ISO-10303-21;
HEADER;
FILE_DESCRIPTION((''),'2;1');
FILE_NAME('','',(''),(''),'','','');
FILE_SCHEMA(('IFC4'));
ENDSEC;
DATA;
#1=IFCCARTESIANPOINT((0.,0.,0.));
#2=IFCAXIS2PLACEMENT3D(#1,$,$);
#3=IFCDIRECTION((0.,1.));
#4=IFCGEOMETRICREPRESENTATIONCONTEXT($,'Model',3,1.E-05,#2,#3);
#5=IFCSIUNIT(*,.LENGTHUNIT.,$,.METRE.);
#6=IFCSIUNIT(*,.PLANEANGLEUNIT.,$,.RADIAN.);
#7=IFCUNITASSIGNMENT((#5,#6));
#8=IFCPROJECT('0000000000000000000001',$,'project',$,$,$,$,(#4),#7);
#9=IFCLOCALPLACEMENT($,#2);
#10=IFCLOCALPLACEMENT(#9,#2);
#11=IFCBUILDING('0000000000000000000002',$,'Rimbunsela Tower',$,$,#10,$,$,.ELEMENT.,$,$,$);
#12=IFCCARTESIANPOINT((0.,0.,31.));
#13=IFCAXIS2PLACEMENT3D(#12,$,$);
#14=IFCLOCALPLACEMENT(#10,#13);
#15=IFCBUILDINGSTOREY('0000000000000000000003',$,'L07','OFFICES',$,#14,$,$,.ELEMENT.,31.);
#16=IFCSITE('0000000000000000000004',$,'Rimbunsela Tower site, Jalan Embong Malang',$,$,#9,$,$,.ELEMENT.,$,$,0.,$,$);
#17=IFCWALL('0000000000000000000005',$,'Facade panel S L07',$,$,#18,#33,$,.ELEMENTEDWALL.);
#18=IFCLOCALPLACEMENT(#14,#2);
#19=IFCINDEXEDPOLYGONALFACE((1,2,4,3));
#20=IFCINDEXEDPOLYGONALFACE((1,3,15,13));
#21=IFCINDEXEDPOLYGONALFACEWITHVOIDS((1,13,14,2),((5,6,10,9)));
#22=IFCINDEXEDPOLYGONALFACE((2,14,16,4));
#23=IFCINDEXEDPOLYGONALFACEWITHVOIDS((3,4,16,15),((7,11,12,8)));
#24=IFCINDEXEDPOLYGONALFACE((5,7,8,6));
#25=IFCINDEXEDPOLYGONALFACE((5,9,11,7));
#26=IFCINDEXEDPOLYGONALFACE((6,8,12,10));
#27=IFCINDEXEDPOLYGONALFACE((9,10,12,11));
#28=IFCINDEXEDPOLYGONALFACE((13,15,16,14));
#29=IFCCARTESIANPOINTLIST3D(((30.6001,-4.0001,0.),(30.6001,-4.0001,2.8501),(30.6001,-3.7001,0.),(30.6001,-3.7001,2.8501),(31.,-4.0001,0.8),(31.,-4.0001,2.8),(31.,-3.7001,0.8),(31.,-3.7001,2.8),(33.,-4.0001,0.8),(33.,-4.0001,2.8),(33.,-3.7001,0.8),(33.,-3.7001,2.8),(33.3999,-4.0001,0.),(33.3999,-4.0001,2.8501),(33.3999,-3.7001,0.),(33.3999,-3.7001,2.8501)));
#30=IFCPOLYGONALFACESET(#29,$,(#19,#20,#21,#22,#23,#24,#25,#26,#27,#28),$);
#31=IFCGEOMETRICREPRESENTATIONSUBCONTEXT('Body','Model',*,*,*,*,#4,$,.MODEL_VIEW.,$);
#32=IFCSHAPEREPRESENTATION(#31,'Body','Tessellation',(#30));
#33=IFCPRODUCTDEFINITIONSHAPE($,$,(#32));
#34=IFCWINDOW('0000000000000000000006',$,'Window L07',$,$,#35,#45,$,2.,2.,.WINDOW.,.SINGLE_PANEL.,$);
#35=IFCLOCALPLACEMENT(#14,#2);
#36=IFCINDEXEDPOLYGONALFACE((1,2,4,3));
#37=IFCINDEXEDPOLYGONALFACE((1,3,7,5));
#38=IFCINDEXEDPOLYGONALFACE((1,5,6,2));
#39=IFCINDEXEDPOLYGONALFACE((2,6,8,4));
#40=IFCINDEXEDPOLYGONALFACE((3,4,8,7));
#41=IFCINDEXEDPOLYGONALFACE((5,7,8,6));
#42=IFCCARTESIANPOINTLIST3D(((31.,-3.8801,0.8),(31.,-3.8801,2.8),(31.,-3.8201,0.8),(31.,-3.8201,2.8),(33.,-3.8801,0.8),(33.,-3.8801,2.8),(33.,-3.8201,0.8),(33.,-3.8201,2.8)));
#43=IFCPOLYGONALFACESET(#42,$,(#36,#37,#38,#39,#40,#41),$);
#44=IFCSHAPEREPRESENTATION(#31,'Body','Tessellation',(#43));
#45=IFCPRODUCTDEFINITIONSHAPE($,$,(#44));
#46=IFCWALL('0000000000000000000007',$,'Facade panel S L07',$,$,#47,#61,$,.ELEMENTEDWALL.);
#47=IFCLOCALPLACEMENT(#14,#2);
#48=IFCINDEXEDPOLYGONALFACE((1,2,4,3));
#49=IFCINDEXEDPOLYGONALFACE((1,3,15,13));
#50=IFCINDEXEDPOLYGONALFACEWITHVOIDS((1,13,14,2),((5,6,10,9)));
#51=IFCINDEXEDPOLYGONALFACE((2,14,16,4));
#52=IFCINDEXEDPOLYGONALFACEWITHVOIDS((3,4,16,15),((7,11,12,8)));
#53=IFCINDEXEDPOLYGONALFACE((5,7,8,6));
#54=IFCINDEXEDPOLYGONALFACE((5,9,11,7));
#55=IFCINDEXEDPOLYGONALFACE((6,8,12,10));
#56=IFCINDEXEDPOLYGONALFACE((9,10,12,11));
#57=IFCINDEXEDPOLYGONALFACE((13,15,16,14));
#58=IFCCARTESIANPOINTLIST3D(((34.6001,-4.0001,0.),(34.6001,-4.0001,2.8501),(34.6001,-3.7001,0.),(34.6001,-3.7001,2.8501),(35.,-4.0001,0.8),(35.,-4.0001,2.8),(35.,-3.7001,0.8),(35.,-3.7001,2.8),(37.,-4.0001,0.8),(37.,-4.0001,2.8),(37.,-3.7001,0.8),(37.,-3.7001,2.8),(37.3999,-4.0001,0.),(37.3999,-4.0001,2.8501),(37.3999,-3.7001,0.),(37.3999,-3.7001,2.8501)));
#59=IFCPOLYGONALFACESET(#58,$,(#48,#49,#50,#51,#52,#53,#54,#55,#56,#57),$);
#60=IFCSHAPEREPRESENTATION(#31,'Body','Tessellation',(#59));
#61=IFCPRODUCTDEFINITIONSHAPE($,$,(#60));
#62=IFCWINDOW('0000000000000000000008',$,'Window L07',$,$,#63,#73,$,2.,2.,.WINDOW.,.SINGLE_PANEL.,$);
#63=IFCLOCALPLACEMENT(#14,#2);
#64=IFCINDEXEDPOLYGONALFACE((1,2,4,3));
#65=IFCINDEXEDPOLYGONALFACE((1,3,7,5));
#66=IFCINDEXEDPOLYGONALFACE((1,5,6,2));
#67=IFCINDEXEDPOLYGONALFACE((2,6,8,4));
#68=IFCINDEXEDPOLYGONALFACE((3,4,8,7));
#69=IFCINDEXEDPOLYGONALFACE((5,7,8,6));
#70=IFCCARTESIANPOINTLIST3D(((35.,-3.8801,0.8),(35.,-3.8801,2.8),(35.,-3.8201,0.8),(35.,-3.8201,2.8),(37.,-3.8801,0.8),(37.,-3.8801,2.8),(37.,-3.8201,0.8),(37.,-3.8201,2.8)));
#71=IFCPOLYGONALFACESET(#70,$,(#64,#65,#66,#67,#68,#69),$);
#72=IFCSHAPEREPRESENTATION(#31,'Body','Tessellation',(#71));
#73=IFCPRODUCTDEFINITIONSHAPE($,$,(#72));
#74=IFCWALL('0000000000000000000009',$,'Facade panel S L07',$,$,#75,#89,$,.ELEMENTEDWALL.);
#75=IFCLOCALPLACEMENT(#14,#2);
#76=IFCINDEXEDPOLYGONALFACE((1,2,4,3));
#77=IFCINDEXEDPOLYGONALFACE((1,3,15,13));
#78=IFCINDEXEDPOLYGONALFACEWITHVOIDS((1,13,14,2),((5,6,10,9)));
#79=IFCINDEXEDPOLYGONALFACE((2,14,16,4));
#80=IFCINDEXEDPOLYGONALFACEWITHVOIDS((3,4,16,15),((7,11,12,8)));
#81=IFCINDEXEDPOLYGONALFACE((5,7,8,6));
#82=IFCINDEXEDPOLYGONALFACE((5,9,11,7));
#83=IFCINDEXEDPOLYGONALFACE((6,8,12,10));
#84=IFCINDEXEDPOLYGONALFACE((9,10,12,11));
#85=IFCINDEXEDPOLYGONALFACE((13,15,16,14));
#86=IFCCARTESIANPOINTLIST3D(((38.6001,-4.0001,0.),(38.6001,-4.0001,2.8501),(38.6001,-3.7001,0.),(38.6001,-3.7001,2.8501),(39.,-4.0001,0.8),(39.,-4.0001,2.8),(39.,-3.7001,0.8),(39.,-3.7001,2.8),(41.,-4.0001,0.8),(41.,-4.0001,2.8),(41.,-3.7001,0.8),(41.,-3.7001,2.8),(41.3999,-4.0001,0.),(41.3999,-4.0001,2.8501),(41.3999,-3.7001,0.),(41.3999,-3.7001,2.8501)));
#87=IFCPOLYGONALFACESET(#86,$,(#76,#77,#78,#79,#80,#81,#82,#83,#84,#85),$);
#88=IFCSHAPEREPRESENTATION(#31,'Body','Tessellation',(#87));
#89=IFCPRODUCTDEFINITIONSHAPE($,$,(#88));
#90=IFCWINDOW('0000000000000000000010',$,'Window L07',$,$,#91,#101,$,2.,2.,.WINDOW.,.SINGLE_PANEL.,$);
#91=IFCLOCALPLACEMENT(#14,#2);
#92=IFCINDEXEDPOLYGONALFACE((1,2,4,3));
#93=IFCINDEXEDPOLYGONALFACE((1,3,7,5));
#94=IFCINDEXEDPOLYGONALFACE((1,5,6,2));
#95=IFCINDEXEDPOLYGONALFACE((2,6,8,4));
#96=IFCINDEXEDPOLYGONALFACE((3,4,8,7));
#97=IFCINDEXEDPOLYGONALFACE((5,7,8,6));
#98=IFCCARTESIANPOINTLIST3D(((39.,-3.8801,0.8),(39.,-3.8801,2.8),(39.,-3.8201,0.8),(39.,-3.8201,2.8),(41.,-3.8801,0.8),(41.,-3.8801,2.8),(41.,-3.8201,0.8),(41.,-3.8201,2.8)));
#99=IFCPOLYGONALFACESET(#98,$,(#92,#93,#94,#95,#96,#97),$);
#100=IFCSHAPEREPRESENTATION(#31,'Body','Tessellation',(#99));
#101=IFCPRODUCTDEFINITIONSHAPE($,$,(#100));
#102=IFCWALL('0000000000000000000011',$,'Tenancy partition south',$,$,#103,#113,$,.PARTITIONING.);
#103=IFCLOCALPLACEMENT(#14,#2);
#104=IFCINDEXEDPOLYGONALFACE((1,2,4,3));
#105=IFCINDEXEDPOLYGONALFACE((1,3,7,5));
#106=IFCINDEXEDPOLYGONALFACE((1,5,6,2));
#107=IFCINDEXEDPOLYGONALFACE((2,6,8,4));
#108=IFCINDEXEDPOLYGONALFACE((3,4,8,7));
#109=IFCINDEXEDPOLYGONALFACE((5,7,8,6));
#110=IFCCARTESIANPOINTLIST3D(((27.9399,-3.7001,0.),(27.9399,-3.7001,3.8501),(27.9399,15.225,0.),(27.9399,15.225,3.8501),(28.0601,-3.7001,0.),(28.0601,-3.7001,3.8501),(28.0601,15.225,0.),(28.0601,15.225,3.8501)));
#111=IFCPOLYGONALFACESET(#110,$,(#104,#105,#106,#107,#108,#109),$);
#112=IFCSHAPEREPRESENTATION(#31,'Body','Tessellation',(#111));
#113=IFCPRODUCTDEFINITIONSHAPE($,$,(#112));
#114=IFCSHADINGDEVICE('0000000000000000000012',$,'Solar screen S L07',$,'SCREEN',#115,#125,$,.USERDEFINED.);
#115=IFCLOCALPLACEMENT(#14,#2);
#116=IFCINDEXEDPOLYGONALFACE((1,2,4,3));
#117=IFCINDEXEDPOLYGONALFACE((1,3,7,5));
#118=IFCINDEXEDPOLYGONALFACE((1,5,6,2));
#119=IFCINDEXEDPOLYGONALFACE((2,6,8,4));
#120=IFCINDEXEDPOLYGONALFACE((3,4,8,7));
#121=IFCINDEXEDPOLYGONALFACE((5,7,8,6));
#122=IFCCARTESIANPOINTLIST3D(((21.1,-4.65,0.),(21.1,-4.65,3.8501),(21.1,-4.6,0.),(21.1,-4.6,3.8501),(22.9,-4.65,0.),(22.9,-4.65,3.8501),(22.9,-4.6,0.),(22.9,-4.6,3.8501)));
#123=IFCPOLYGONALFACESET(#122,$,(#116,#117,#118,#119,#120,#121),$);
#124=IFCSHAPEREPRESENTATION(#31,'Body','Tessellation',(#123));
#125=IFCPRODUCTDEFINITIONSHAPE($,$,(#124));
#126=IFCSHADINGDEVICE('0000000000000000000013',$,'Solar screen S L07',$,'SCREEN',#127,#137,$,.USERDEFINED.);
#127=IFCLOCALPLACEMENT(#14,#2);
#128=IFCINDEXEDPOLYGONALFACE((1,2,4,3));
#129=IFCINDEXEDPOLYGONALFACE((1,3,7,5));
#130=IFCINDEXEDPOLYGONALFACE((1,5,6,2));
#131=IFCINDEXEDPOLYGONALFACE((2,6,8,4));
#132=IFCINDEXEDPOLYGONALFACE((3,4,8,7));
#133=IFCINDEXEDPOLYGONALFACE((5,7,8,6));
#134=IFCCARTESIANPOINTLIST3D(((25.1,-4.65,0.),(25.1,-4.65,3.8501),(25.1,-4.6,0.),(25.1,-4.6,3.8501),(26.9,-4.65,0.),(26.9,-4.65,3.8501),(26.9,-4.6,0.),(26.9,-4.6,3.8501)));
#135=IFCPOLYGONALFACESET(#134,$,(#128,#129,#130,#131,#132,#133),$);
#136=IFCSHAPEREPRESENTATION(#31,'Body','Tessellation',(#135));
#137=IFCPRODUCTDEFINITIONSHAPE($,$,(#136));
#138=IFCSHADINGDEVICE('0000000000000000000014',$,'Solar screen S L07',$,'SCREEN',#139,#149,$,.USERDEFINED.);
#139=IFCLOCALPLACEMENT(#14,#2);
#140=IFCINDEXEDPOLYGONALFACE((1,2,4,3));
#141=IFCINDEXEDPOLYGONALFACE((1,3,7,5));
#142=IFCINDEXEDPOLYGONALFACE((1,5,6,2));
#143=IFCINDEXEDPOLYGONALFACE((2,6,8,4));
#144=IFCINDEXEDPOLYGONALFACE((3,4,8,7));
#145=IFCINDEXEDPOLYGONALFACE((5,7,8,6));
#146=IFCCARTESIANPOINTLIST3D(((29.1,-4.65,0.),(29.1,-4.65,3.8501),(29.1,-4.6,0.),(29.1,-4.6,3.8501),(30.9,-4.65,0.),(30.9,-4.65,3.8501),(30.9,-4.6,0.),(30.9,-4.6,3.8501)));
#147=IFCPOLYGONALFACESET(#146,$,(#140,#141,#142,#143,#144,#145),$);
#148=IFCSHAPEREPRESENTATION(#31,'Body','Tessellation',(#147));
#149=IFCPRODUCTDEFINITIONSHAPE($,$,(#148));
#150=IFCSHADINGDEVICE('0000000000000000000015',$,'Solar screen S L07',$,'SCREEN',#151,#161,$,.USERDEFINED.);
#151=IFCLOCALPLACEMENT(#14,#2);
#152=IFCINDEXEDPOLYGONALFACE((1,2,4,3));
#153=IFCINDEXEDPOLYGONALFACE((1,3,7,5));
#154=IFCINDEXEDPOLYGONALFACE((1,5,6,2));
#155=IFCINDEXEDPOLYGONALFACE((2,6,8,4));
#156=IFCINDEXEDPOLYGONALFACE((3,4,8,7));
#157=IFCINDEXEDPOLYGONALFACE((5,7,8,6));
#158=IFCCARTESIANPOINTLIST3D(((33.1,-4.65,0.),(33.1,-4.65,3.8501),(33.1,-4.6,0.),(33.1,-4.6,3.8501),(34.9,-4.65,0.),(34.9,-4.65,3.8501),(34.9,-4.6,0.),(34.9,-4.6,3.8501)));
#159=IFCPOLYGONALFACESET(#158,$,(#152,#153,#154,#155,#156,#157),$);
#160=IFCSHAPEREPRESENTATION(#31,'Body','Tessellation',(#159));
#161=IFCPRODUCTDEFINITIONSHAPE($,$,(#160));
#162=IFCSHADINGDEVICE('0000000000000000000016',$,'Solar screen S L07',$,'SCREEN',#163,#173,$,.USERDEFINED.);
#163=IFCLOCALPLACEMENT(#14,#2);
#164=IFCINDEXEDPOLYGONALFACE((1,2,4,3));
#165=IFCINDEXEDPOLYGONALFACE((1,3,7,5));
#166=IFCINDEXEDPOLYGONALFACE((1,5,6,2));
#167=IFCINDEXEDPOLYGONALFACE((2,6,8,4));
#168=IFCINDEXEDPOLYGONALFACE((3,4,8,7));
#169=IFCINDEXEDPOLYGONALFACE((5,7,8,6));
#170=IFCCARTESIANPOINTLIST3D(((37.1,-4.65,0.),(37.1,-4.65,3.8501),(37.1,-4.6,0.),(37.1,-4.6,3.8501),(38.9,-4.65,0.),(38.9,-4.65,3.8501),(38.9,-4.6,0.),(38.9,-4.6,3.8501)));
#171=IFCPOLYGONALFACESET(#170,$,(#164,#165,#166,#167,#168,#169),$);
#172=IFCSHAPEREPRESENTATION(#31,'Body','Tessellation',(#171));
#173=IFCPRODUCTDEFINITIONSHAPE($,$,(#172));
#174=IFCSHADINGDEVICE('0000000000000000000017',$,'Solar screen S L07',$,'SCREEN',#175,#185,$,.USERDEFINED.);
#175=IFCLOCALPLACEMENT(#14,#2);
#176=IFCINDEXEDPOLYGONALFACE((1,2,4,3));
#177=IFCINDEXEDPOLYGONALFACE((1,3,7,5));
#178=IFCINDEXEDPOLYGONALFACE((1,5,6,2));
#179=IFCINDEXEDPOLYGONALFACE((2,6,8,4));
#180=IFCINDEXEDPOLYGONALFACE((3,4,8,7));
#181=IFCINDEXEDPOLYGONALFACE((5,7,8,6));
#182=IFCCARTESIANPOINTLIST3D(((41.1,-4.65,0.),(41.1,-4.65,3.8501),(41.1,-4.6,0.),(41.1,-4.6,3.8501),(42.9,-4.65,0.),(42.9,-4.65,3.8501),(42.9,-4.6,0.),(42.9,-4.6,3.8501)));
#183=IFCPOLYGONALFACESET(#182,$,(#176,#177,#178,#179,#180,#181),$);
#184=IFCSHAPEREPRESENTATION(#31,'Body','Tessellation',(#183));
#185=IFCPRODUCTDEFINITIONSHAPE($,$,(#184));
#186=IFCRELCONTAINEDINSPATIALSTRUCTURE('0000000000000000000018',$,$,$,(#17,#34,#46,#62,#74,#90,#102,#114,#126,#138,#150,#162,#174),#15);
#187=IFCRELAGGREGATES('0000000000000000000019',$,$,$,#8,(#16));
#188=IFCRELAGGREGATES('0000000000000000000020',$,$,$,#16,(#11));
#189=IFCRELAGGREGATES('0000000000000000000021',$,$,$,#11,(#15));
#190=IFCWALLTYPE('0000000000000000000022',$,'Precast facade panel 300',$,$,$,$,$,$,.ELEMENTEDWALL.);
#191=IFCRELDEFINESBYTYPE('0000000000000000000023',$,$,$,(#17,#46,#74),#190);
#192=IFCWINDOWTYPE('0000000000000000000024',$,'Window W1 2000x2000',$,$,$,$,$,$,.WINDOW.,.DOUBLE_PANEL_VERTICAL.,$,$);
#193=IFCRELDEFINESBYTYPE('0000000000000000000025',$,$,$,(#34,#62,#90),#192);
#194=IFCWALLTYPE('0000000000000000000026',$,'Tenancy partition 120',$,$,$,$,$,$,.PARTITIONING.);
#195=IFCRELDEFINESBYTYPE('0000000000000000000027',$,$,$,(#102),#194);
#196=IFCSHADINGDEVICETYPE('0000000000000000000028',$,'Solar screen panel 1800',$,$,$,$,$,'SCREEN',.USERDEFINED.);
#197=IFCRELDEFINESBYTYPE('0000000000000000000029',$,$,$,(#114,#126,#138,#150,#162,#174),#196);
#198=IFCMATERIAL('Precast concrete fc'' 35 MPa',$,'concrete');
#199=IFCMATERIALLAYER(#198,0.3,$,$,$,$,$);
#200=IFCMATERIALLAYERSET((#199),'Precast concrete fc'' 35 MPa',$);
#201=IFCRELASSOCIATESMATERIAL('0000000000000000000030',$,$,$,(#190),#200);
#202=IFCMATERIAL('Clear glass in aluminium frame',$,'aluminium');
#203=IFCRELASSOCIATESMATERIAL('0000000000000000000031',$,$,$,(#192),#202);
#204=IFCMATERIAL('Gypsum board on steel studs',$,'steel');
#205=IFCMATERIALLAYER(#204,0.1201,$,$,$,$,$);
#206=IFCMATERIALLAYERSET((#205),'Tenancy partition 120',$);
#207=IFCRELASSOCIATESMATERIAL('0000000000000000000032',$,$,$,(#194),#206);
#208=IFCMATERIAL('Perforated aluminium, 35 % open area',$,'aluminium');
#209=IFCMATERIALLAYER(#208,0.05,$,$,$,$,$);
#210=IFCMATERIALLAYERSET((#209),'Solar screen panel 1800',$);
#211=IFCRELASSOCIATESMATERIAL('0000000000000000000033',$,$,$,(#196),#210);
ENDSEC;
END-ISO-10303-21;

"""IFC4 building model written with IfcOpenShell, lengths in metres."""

from ifc_helpers import new_model, si_unit, direction, frame, frame_2d, origin, origin_2d, place, context, subcontext, project, spatial, rectangle, extrude, material, layer, layer_set, type_object, element, fill, save


model = new_model("IFC4")

# Units and contexts
model_context = context("Model", 3, precision=1e-05, world=origin(), true_north=direction((0.0, 1.0)))
body_context = subcontext(model_context, "Body", "Model", "MODEL_VIEW")
ifc_project = project(units=[si_unit("LENGTHUNIT", "METRE"), si_unit("PLANEANGLEUNIT", "RADIAN")], contexts=[model_context])

# Site, building, storey
site_placement = place(None, origin())
site = spatial("IfcSite", under=ifc_project, at=site_placement, Name="Rimbunsela Tower site, Jalan Embong Malang", CompositionType="ELEMENT", RefElevation=0.0)
building_placement = place(site_placement, origin())
building = spatial("IfcBuilding", under=site, at=building_placement, Name="Rimbunsela Tower", CompositionType="ELEMENT")
storey_placement = place(building_placement, frame((0.0, 0.0, 31.0)))
storey = spatial("IfcBuildingStorey", under=building, at=storey_placement, Name="L07", Description="OFFICES", CompositionType="ELEMENT", Elevation=31.0)

# Shared definitions
ifc_material_1 = material(Name="Precast concrete fc' 35 MPa", Category="concrete")
ifc_layer_1 = layer(ifc_material_1, 0.3)
ifc_layer_set_1 = layer_set([ifc_layer_1], Name="Precast concrete fc' 35 MPa")
wall_type_1 = type_object("IfcWallType", Name="Precast facade panel 300", PredefinedType="ELEMENTEDWALL", material=ifc_layer_set_1)
ifc_material_2 = material(Name="Clear glass in aluminium frame", Category="aluminium")
window_type_1 = type_object("IfcWindowType", Name="Window W1 2000x2000", PartitioningType="DOUBLE_PANEL_VERTICAL", PredefinedType="WINDOW", material=ifc_material_2)

# Walls, openings, windows
wall_1_placement = place(storey_placement, frame((30.6001, -3.8501, 0.0), z_axis=(0.0, 0.0, 1.0), x_axis=(1.0, 0.0, 0.0)))
wall_1 = element("IfcWall", 1, at=wall_1_placement, inside=storey, type_object=wall_type_1, Name="Facade panel S L07", PredefinedType="ELEMENTEDWALL", context=body_context, shape_type="SweptSolid", body=[
    extrude(rectangle(XDim=2.7998, YDim=0.3, at=frame_2d((1.3999, 0.0))), origin(), (0.0, 0.0, 1.0), 2.8501),
])
opening_1_placement = place(wall_1_placement, frame((0.3999, 0.0, 0.8)))
opening_1 = element("IfcOpeningElement", 2, at=opening_1_placement, cuts=wall_1, PredefinedType="OPENING", context=body_context, shape_type="SweptSolid", body=[
    extrude(rectangle(XDim=2.0, YDim=2.0, at=frame_2d((1.0, 1.0))), frame((0.0, 0.1599, 0.0), z_axis=(0.0, -1.0, 0.0), x_axis=(1.0, 0.0, 0.0)), (0.0, 0.0, 1.0), 0.3201),
])
window_1_placement = place(opening_1_placement, origin())
window_1 = element("IfcWindow", 3, at=window_1_placement, inside=storey, type_object=window_type_1, Name="Window L07", OverallHeight=2.0, OverallWidth=2.0, PartitioningType="SINGLE_PANEL", PredefinedType="WINDOW", context=body_context, shape_type="SweptSolid", body=[
    extrude(rectangle(XDim=2.0, YDim=2.0, at=frame_2d((1.0, 1.0))), frame((0.0, 0.03, 0.0), z_axis=(0.0, -1.0, 0.0), x_axis=(1.0, 0.0, 0.0)), (0.0, 0.0, 1.0), 0.0601),
])
fill(opening_1, window_1)
wall_2_placement = place(storey_placement, frame((34.6001, -3.8501, 0.0), z_axis=(0.0, 0.0, 1.0), x_axis=(1.0, 0.0, 0.0)))
wall_2 = element("IfcWall", 4, at=wall_2_placement, inside=storey, type_object=wall_type_1, Name="Facade panel S L07", PredefinedType="ELEMENTEDWALL", context=body_context, shape_type="SweptSolid", body=[
    extrude(rectangle(XDim=2.7998, YDim=0.3, at=frame_2d((1.3999, 0.0))), origin(), (0.0, 0.0, 1.0), 2.8501),
])
opening_2_placement = place(wall_2_placement, frame((0.3999, 0.0, 0.8)))
opening_2 = element("IfcOpeningElement", 5, at=opening_2_placement, cuts=wall_2, PredefinedType="OPENING", context=body_context, shape_type="SweptSolid", body=[
    extrude(rectangle(XDim=2.0, YDim=2.0, at=frame_2d((1.0, 1.0))), frame((0.0, 0.1599, 0.0), z_axis=(0.0, -1.0, 0.0), x_axis=(1.0, 0.0, 0.0)), (0.0, 0.0, 1.0), 0.3201),
])
window_2_placement = place(opening_2_placement, origin())
window_2 = element("IfcWindow", 6, at=window_2_placement, inside=storey, type_object=window_type_1, Name="Window L07", OverallHeight=2.0, OverallWidth=2.0, PartitioningType="SINGLE_PANEL", PredefinedType="WINDOW", context=body_context, shape_type="SweptSolid", body=[
    extrude(rectangle(XDim=2.0, YDim=2.0, at=frame_2d((1.0, 1.0))), frame((0.0, 0.03, 0.0), z_axis=(0.0, -1.0, 0.0), x_axis=(1.0, 0.0, 0.0)), (0.0, 0.0, 1.0), 0.0601),
])
fill(opening_2, window_2)
wall_3_placement = place(storey_placement, frame((38.6001, -3.8501, 0.0), z_axis=(0.0, 0.0, 1.0), x_axis=(1.0, 0.0, 0.0)))
wall_3 = element("IfcWall", 7, at=wall_3_placement, inside=storey, type_object=wall_type_1, Name="Facade panel S L07", PredefinedType="ELEMENTEDWALL", context=body_context, shape_type="SweptSolid", body=[
    extrude(rectangle(XDim=2.7998, YDim=0.3, at=frame_2d((1.3999, 0.0))), origin(), (0.0, 0.0, 1.0), 2.8501),
])
opening_3_placement = place(wall_3_placement, frame((0.3999, 0.0, 0.8)))
opening_3 = element("IfcOpeningElement", 8, at=opening_3_placement, cuts=wall_3, PredefinedType="OPENING", context=body_context, shape_type="SweptSolid", body=[
    extrude(rectangle(XDim=2.0, YDim=2.0, at=frame_2d((1.0, 1.0))), frame((0.0, 0.1599, 0.0), z_axis=(0.0, -1.0, 0.0), x_axis=(1.0, 0.0, 0.0)), (0.0, 0.0, 1.0), 0.3201),
])
window_3_placement = place(opening_3_placement, origin())
window_3 = element("IfcWindow", 9, at=window_3_placement, inside=storey, type_object=window_type_1, Name="Window L07", OverallHeight=2.0, OverallWidth=2.0, PartitioningType="SINGLE_PANEL", PredefinedType="WINDOW", context=body_context, shape_type="SweptSolid", body=[
    extrude(rectangle(XDim=2.0, YDim=2.0, at=frame_2d((1.0, 1.0))), frame((0.0, 0.03, 0.0), z_axis=(0.0, -1.0, 0.0), x_axis=(1.0, 0.0, 0.0)), (0.0, 0.0, 1.0), 0.0601),
])
fill(opening_3, window_3)

# Wall
ifc_material_3 = material(Name="Gypsum board on steel studs", Category="steel")
ifc_layer_2 = layer(ifc_material_3, 0.1201)
ifc_layer_set_2 = layer_set([ifc_layer_2], Name="Tenancy partition 120")
wall_type_2 = type_object("IfcWallType", Name="Tenancy partition 120", PredefinedType="PARTITIONING", material=ifc_layer_set_2)
wall_4_placement = place(storey_placement, frame((28.0, -3.7, 0.0), z_axis=(0.0, 0.0, 1.0), x_axis=(0.0, 1.0, 0.0)))
element("IfcWall", 10, at=wall_4_placement, inside=storey, type_object=wall_type_2, Name="Tenancy partition south", PredefinedType="PARTITIONING", context=body_context, shape_type="SweptSolid", body=[
    extrude(rectangle(XDim=18.925, YDim=0.1201, at=frame_2d((9.4624, 0.0))), origin(), (0.0, 0.0, 1.0), 3.8501),
])

# Shading devices
ifc_material_4 = material(Name="Perforated aluminium, 35 % open area", Category="aluminium")
ifc_layer_3 = layer(ifc_material_4, 0.05)
ifc_layer_set_3 = layer_set([ifc_layer_3], Name="Solar screen panel 1800")
shading_device_type = type_object("IfcShadingDeviceType", Name="Solar screen panel 1800", ElementType="SCREEN", PredefinedType="USERDEFINED", material=ifc_layer_set_3)
for number, where, z_axis, x_axis, name in (
    (11, (22.0, -4.625, 0.0), (0.0, 0.0, 1.0), (1.0, 0.0, 0.0), "Solar screen S L07"),
    (12, (26.0, -4.625, 0.0), (0.0, 0.0, 1.0), (1.0, 0.0, 0.0), "Solar screen S L07"),
    (13, (30.0, -4.625, 0.0), (0.0, 0.0, 1.0), (1.0, 0.0, 0.0), "Solar screen S L07"),
    (14, (34.0, -4.625, 0.0), (0.0, 0.0, 1.0), (1.0, 0.0, 0.0), "Solar screen S L07"),
    (15, (38.0, -4.625, 0.0), (0.0, 0.0, 1.0), (1.0, 0.0, 0.0), "Solar screen S L07"),
    (16, (42.0, -4.625, 0.0), (0.0, 0.0, 1.0), (1.0, 0.0, 0.0), "Solar screen S L07"),
):
    element("IfcShadingDevice", number, at=place(storey_placement, frame(where, z_axis=z_axis, x_axis=x_axis)), inside=storey, type_object=shading_device_type, Name=name, ObjectType="SCREEN", PredefinedType="USERDEFINED", context=body_context, shape_type="SweptSolid", body=[
        extrude(rectangle(XDim=1.8, YDim=0.05, at=origin_2d()), origin(), (0.0, 0.0, 1.0), 3.8501),
    ])

save(model, "model.ifc")
